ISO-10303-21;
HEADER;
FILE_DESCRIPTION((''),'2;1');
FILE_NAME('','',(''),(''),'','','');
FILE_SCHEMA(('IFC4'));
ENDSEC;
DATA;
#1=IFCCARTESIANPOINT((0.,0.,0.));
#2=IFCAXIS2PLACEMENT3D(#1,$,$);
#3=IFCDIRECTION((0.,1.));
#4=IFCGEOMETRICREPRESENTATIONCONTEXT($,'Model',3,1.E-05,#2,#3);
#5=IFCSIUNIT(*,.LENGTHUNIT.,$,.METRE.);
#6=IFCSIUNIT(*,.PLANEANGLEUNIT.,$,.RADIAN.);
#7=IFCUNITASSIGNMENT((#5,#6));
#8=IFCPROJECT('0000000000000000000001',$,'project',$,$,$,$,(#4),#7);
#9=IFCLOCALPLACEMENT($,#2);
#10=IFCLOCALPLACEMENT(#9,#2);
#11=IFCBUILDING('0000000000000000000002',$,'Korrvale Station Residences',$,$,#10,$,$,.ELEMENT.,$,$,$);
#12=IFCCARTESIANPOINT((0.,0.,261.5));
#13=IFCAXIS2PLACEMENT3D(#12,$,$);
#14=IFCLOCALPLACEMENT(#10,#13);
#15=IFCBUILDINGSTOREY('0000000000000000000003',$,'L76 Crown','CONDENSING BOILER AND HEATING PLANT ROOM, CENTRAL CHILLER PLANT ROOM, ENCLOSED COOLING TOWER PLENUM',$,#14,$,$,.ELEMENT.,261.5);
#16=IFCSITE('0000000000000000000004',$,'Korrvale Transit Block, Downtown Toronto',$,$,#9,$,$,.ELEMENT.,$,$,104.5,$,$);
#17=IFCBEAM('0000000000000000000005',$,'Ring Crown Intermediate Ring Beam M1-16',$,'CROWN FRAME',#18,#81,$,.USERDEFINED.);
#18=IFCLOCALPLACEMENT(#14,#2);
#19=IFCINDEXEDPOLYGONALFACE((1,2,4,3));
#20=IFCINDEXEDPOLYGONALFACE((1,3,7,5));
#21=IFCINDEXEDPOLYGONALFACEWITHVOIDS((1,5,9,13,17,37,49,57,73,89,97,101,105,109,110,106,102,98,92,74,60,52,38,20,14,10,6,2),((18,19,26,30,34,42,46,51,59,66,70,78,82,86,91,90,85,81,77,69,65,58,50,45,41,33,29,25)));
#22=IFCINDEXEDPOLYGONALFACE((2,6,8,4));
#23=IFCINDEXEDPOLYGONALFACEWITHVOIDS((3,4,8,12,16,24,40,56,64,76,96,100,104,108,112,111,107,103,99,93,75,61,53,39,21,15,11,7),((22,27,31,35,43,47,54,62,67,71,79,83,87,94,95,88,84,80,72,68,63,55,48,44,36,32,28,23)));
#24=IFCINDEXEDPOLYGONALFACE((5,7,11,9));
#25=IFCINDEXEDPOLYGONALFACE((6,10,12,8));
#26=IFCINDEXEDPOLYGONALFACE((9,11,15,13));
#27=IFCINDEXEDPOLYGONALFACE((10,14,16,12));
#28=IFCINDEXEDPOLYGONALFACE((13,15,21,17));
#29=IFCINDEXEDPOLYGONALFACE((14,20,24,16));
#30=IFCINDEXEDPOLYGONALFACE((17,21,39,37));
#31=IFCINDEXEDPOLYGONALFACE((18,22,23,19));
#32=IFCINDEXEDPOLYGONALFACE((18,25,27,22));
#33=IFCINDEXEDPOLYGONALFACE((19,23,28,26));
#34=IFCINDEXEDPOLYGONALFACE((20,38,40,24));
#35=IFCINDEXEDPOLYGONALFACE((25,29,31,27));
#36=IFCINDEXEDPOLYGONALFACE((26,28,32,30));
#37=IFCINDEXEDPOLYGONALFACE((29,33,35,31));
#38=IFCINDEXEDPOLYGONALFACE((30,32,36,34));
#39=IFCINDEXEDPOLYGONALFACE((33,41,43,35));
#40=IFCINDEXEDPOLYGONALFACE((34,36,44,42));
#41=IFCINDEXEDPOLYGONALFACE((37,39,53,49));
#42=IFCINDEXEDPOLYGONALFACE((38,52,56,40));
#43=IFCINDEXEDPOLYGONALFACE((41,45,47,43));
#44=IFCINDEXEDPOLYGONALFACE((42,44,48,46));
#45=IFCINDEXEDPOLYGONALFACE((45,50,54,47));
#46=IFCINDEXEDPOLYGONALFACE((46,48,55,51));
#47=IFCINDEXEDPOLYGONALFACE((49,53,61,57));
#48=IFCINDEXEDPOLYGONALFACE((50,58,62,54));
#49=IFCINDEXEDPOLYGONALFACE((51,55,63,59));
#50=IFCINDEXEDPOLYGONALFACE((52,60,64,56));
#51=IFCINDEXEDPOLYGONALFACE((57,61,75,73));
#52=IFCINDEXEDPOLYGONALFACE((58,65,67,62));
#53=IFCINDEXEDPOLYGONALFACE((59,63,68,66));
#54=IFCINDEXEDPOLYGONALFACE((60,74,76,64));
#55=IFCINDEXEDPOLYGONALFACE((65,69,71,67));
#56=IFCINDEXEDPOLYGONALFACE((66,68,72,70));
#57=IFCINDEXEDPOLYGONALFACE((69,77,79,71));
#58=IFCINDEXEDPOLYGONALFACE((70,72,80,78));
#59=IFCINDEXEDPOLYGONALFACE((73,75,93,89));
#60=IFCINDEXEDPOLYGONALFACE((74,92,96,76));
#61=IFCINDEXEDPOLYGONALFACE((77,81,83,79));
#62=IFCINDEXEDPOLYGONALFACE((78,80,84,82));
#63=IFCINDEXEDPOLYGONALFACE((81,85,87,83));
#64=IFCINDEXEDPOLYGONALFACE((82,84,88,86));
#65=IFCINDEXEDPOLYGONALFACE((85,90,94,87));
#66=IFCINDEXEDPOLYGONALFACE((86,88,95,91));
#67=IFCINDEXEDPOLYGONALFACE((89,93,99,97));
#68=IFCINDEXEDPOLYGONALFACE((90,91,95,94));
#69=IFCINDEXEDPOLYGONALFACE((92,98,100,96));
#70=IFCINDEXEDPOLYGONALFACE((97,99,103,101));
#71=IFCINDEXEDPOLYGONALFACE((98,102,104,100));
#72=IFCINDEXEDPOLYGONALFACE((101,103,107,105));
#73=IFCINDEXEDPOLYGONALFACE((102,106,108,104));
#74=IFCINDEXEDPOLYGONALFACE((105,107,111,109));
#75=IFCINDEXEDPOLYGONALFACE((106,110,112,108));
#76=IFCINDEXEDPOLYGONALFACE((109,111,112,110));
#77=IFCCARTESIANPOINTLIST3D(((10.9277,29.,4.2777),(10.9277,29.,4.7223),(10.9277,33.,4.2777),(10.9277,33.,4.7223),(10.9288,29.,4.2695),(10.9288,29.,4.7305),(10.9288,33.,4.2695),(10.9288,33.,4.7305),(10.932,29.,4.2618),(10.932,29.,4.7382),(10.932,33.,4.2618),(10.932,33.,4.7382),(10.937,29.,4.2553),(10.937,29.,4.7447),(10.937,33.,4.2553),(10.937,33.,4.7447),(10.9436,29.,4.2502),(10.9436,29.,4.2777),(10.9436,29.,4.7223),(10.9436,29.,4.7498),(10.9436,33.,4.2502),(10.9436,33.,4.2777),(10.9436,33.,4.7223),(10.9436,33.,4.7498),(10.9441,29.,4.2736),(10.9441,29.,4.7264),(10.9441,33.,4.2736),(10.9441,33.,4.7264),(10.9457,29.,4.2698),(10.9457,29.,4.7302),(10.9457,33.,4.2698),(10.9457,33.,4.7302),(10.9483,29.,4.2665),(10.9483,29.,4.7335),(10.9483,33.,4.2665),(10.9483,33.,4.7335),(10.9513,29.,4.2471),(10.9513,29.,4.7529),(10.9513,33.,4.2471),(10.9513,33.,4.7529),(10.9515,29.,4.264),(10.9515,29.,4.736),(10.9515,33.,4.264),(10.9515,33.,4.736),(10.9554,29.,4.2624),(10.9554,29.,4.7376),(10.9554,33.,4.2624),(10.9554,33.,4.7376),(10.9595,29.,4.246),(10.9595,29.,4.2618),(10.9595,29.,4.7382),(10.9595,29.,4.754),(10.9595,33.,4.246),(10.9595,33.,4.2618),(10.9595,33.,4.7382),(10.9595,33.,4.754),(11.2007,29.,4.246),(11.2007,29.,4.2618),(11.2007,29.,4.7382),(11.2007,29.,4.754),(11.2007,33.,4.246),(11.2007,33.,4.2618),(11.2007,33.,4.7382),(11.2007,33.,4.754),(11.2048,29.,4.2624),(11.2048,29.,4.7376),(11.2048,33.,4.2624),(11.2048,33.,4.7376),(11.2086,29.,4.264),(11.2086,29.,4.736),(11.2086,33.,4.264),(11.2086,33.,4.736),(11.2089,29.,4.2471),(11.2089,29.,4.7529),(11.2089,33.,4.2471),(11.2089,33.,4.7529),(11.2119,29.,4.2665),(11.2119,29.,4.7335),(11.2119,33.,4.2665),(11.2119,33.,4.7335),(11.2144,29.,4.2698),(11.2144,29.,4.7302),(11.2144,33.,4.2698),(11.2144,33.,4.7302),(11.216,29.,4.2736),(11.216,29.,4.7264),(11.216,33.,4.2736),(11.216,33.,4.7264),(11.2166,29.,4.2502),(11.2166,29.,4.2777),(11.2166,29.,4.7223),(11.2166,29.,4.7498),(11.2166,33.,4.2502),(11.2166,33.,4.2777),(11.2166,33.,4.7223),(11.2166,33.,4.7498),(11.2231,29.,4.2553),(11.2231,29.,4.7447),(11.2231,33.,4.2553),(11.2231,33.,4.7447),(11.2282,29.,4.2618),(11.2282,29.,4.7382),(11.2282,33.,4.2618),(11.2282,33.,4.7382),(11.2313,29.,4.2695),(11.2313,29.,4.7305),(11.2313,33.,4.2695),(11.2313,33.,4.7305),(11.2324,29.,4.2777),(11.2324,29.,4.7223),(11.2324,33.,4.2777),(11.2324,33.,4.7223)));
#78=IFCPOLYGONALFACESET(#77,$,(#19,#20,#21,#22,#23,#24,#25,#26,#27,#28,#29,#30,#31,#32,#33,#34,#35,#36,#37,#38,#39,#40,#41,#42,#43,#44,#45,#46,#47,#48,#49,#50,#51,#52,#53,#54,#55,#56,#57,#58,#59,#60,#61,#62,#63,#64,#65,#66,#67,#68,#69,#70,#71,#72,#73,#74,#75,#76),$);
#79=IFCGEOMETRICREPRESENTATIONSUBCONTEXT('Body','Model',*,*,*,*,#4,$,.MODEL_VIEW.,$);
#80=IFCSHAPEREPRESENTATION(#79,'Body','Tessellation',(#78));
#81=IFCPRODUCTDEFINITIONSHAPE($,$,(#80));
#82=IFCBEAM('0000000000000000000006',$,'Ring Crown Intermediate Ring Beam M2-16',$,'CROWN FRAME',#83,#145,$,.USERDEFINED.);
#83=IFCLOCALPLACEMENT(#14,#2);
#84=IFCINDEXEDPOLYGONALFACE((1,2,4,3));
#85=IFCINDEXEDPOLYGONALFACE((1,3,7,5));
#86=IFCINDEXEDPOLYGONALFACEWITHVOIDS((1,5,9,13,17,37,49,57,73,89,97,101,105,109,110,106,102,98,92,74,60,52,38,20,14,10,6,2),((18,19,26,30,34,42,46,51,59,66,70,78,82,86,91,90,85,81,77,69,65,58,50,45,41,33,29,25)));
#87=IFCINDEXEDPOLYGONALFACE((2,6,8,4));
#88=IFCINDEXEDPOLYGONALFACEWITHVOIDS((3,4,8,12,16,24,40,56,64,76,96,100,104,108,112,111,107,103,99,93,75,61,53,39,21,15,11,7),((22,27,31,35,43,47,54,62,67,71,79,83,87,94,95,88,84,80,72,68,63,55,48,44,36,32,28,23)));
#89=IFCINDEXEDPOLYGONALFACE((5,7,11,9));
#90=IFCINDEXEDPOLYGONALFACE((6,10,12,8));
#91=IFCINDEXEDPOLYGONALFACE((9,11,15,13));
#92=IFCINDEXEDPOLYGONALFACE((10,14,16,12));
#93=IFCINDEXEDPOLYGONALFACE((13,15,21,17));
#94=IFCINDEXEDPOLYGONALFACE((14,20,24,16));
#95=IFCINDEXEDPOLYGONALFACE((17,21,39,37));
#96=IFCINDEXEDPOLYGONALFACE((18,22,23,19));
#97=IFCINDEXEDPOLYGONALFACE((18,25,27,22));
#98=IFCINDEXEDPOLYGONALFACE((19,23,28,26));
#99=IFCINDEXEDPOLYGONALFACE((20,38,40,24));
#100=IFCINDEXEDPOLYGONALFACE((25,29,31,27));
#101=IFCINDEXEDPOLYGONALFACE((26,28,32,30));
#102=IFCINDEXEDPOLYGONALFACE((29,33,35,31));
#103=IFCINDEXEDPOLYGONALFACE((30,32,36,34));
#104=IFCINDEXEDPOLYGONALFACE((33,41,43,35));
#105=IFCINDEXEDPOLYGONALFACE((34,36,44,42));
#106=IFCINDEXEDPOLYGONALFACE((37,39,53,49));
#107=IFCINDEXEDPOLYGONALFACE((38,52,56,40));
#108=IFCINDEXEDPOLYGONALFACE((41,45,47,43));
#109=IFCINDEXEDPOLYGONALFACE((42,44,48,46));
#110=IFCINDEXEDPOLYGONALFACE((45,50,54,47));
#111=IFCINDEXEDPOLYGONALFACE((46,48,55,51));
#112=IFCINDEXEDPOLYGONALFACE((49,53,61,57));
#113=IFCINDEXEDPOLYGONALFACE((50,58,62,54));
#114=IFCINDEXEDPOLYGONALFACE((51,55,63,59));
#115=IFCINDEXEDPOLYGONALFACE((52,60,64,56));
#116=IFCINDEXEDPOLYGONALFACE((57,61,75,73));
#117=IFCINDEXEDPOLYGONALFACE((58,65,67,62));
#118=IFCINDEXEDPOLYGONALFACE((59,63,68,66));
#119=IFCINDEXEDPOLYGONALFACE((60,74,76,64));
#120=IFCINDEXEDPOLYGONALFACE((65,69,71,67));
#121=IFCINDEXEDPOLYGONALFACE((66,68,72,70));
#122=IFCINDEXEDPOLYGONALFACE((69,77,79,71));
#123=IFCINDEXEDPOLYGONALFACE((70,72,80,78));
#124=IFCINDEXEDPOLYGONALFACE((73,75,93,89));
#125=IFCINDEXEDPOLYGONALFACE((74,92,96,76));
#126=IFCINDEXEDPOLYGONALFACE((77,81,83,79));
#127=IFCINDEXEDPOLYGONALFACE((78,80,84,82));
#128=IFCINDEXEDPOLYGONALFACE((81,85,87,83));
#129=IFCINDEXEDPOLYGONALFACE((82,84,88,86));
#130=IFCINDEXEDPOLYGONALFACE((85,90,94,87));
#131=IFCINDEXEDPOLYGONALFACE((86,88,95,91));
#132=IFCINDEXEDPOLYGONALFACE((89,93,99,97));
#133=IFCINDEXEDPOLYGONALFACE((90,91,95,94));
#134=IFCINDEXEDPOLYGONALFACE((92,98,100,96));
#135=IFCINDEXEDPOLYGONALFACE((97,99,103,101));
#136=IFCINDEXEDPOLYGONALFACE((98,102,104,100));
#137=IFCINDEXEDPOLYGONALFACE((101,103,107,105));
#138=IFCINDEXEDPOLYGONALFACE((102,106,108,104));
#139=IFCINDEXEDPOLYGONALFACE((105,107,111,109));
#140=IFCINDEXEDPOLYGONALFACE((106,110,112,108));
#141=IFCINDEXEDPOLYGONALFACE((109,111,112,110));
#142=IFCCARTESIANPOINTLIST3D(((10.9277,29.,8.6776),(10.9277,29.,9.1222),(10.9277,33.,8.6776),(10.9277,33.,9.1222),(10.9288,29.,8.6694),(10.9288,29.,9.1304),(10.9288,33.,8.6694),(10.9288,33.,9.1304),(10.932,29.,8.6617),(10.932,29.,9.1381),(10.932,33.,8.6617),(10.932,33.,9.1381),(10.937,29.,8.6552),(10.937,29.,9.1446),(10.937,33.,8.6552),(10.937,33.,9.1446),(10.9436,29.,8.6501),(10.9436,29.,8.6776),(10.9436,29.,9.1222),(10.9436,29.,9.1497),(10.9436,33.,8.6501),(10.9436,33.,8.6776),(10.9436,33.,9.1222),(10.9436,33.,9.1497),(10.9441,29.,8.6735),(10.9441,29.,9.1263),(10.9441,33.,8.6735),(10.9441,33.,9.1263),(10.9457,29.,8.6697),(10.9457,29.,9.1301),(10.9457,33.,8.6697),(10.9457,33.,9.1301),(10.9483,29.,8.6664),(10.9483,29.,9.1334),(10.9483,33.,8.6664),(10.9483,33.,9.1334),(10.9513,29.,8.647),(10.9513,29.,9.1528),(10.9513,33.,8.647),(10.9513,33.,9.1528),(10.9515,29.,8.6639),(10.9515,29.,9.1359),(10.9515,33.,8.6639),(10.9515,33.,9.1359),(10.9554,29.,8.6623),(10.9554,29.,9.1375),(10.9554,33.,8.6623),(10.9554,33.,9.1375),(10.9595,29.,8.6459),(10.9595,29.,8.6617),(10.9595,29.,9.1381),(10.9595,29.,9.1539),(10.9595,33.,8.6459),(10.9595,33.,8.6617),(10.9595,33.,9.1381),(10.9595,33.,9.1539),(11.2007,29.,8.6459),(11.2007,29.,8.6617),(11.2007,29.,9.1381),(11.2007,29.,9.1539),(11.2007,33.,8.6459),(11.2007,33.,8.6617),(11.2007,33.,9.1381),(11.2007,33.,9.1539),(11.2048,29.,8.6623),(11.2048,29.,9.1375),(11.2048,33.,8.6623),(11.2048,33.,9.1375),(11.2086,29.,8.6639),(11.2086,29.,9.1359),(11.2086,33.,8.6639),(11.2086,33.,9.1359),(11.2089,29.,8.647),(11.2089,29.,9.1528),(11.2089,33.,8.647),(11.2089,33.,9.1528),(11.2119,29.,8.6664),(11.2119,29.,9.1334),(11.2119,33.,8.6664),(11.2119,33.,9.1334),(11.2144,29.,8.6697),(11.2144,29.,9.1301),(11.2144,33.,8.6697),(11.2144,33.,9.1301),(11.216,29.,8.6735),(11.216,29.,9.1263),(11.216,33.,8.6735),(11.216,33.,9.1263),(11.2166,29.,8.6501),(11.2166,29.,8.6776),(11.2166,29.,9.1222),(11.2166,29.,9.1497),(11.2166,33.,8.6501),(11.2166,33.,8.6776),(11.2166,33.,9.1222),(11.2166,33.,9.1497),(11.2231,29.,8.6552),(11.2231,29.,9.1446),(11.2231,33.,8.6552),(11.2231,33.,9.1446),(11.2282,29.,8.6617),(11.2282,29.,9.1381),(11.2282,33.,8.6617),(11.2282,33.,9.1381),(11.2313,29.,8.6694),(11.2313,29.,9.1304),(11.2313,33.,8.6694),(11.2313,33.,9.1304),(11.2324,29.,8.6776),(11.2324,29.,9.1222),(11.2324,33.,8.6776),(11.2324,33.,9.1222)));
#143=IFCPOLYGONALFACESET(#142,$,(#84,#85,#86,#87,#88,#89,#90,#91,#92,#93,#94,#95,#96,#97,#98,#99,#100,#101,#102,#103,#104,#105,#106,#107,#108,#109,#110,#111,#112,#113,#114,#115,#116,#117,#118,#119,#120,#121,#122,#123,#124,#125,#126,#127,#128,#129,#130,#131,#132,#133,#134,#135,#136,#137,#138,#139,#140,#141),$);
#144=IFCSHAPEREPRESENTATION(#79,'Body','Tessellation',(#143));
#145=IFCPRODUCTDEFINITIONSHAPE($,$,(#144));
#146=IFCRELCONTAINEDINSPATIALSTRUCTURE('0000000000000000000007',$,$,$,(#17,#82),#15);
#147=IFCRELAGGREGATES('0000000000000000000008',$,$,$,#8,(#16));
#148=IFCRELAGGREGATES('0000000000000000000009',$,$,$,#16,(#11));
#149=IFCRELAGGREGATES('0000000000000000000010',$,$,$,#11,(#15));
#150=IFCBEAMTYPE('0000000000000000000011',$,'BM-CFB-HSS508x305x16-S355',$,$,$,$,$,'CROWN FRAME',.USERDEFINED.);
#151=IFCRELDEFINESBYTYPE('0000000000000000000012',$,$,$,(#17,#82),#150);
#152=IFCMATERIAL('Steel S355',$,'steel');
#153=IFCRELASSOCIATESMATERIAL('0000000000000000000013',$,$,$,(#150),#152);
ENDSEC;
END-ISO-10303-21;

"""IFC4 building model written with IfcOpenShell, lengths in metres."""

from ifc_helpers import new_model, si_unit, direction, frame, origin, origin_2d, place, context, subcontext, project, spatial, hollow_rectangle, extrude, material, material_profile, profile_set, type_object, element, save


model = new_model("IFC4")

# Units and contexts
model_context = context("Model", 3, precision=1e-05, world=origin(), true_north=direction((0.0, 1.0)))
body_context = subcontext(model_context, "Body", "Model", "MODEL_VIEW")
ifc_project = project(units=[si_unit("LENGTHUNIT", "METRE"), si_unit("PLANEANGLEUNIT", "RADIAN")], contexts=[model_context])

# Site, building, storey
site_placement = place(None, origin())
site = spatial("IfcSite", under=ifc_project, at=site_placement, Name="Korrvale Transit Block, Downtown Toronto", CompositionType="ELEMENT", RefElevation=104.5)
building_placement = place(site_placement, origin())
building = spatial("IfcBuilding", under=site, at=building_placement, Name="Korrvale Station Residences", CompositionType="ELEMENT")
storey_placement = place(building_placement, frame((0.0, 0.0, 261.5)))
storey = spatial("IfcBuildingStorey", under=building, at=storey_placement, Name="L76 Crown", Description="CONDENSING BOILER AND HEATING PLANT ROOM, CENTRAL CHILLER PLANT ROOM, ENCLOSED COOLING TOWER PLENUM", CompositionType="ELEMENT", Elevation=261.5)

# Beams
ifc_material_1 = material(Name="Steel S355", Category="steel")
ifc_material_profile_1 = material_profile(ifc_material_1, hollow_rectangle(XDim=0.3047, YDim=0.5081, WallThickness=0.0159, InnerFilletRadius=0.0159, OuterFilletRadius=0.0317, at=origin_2d()), Name="HSS508x305x16")
ifc_profile_set_1 = profile_set([ifc_material_profile_1], Name="Steel S355")
beam_type_1 = type_object("IfcBeamType", Name="BM-CFB-HSS508x305x16-S355", ElementType="CROWN FRAME", PredefinedType="USERDEFINED", material=ifc_profile_set_1)
for number, where, z_axis, x_axis, name in (
    (1, (11.0801, 29.0, 4.5), (0.0, 1.0, 0.0), (-1.0, 0.0, 0.0), "Ring Crown Intermediate Ring Beam M1-16"),
    (2, (11.0801, 29.0, 8.8999), (0.0, 1.0, 0.0), (-1.0, 0.0, 0.0), "Ring Crown Intermediate Ring Beam M2-16"),
):
    element("IfcBeam", number, at=place(storey_placement, frame(where, z_axis=z_axis, x_axis=x_axis)), inside=storey, type_object=beam_type_1, Name=name, ObjectType="CROWN FRAME", PredefinedType="USERDEFINED", context=body_context, shape_type="SweptSolid", body=[
        extrude(hollow_rectangle(XDim=0.3047, YDim=0.5081, WallThickness=0.0159, InnerFilletRadius=0.0159, OuterFilletRadius=0.0317, at=origin_2d()), origin(), (0.0, 0.0, 1.0), 4.0),
    ])

save(model, "model.ifc")
